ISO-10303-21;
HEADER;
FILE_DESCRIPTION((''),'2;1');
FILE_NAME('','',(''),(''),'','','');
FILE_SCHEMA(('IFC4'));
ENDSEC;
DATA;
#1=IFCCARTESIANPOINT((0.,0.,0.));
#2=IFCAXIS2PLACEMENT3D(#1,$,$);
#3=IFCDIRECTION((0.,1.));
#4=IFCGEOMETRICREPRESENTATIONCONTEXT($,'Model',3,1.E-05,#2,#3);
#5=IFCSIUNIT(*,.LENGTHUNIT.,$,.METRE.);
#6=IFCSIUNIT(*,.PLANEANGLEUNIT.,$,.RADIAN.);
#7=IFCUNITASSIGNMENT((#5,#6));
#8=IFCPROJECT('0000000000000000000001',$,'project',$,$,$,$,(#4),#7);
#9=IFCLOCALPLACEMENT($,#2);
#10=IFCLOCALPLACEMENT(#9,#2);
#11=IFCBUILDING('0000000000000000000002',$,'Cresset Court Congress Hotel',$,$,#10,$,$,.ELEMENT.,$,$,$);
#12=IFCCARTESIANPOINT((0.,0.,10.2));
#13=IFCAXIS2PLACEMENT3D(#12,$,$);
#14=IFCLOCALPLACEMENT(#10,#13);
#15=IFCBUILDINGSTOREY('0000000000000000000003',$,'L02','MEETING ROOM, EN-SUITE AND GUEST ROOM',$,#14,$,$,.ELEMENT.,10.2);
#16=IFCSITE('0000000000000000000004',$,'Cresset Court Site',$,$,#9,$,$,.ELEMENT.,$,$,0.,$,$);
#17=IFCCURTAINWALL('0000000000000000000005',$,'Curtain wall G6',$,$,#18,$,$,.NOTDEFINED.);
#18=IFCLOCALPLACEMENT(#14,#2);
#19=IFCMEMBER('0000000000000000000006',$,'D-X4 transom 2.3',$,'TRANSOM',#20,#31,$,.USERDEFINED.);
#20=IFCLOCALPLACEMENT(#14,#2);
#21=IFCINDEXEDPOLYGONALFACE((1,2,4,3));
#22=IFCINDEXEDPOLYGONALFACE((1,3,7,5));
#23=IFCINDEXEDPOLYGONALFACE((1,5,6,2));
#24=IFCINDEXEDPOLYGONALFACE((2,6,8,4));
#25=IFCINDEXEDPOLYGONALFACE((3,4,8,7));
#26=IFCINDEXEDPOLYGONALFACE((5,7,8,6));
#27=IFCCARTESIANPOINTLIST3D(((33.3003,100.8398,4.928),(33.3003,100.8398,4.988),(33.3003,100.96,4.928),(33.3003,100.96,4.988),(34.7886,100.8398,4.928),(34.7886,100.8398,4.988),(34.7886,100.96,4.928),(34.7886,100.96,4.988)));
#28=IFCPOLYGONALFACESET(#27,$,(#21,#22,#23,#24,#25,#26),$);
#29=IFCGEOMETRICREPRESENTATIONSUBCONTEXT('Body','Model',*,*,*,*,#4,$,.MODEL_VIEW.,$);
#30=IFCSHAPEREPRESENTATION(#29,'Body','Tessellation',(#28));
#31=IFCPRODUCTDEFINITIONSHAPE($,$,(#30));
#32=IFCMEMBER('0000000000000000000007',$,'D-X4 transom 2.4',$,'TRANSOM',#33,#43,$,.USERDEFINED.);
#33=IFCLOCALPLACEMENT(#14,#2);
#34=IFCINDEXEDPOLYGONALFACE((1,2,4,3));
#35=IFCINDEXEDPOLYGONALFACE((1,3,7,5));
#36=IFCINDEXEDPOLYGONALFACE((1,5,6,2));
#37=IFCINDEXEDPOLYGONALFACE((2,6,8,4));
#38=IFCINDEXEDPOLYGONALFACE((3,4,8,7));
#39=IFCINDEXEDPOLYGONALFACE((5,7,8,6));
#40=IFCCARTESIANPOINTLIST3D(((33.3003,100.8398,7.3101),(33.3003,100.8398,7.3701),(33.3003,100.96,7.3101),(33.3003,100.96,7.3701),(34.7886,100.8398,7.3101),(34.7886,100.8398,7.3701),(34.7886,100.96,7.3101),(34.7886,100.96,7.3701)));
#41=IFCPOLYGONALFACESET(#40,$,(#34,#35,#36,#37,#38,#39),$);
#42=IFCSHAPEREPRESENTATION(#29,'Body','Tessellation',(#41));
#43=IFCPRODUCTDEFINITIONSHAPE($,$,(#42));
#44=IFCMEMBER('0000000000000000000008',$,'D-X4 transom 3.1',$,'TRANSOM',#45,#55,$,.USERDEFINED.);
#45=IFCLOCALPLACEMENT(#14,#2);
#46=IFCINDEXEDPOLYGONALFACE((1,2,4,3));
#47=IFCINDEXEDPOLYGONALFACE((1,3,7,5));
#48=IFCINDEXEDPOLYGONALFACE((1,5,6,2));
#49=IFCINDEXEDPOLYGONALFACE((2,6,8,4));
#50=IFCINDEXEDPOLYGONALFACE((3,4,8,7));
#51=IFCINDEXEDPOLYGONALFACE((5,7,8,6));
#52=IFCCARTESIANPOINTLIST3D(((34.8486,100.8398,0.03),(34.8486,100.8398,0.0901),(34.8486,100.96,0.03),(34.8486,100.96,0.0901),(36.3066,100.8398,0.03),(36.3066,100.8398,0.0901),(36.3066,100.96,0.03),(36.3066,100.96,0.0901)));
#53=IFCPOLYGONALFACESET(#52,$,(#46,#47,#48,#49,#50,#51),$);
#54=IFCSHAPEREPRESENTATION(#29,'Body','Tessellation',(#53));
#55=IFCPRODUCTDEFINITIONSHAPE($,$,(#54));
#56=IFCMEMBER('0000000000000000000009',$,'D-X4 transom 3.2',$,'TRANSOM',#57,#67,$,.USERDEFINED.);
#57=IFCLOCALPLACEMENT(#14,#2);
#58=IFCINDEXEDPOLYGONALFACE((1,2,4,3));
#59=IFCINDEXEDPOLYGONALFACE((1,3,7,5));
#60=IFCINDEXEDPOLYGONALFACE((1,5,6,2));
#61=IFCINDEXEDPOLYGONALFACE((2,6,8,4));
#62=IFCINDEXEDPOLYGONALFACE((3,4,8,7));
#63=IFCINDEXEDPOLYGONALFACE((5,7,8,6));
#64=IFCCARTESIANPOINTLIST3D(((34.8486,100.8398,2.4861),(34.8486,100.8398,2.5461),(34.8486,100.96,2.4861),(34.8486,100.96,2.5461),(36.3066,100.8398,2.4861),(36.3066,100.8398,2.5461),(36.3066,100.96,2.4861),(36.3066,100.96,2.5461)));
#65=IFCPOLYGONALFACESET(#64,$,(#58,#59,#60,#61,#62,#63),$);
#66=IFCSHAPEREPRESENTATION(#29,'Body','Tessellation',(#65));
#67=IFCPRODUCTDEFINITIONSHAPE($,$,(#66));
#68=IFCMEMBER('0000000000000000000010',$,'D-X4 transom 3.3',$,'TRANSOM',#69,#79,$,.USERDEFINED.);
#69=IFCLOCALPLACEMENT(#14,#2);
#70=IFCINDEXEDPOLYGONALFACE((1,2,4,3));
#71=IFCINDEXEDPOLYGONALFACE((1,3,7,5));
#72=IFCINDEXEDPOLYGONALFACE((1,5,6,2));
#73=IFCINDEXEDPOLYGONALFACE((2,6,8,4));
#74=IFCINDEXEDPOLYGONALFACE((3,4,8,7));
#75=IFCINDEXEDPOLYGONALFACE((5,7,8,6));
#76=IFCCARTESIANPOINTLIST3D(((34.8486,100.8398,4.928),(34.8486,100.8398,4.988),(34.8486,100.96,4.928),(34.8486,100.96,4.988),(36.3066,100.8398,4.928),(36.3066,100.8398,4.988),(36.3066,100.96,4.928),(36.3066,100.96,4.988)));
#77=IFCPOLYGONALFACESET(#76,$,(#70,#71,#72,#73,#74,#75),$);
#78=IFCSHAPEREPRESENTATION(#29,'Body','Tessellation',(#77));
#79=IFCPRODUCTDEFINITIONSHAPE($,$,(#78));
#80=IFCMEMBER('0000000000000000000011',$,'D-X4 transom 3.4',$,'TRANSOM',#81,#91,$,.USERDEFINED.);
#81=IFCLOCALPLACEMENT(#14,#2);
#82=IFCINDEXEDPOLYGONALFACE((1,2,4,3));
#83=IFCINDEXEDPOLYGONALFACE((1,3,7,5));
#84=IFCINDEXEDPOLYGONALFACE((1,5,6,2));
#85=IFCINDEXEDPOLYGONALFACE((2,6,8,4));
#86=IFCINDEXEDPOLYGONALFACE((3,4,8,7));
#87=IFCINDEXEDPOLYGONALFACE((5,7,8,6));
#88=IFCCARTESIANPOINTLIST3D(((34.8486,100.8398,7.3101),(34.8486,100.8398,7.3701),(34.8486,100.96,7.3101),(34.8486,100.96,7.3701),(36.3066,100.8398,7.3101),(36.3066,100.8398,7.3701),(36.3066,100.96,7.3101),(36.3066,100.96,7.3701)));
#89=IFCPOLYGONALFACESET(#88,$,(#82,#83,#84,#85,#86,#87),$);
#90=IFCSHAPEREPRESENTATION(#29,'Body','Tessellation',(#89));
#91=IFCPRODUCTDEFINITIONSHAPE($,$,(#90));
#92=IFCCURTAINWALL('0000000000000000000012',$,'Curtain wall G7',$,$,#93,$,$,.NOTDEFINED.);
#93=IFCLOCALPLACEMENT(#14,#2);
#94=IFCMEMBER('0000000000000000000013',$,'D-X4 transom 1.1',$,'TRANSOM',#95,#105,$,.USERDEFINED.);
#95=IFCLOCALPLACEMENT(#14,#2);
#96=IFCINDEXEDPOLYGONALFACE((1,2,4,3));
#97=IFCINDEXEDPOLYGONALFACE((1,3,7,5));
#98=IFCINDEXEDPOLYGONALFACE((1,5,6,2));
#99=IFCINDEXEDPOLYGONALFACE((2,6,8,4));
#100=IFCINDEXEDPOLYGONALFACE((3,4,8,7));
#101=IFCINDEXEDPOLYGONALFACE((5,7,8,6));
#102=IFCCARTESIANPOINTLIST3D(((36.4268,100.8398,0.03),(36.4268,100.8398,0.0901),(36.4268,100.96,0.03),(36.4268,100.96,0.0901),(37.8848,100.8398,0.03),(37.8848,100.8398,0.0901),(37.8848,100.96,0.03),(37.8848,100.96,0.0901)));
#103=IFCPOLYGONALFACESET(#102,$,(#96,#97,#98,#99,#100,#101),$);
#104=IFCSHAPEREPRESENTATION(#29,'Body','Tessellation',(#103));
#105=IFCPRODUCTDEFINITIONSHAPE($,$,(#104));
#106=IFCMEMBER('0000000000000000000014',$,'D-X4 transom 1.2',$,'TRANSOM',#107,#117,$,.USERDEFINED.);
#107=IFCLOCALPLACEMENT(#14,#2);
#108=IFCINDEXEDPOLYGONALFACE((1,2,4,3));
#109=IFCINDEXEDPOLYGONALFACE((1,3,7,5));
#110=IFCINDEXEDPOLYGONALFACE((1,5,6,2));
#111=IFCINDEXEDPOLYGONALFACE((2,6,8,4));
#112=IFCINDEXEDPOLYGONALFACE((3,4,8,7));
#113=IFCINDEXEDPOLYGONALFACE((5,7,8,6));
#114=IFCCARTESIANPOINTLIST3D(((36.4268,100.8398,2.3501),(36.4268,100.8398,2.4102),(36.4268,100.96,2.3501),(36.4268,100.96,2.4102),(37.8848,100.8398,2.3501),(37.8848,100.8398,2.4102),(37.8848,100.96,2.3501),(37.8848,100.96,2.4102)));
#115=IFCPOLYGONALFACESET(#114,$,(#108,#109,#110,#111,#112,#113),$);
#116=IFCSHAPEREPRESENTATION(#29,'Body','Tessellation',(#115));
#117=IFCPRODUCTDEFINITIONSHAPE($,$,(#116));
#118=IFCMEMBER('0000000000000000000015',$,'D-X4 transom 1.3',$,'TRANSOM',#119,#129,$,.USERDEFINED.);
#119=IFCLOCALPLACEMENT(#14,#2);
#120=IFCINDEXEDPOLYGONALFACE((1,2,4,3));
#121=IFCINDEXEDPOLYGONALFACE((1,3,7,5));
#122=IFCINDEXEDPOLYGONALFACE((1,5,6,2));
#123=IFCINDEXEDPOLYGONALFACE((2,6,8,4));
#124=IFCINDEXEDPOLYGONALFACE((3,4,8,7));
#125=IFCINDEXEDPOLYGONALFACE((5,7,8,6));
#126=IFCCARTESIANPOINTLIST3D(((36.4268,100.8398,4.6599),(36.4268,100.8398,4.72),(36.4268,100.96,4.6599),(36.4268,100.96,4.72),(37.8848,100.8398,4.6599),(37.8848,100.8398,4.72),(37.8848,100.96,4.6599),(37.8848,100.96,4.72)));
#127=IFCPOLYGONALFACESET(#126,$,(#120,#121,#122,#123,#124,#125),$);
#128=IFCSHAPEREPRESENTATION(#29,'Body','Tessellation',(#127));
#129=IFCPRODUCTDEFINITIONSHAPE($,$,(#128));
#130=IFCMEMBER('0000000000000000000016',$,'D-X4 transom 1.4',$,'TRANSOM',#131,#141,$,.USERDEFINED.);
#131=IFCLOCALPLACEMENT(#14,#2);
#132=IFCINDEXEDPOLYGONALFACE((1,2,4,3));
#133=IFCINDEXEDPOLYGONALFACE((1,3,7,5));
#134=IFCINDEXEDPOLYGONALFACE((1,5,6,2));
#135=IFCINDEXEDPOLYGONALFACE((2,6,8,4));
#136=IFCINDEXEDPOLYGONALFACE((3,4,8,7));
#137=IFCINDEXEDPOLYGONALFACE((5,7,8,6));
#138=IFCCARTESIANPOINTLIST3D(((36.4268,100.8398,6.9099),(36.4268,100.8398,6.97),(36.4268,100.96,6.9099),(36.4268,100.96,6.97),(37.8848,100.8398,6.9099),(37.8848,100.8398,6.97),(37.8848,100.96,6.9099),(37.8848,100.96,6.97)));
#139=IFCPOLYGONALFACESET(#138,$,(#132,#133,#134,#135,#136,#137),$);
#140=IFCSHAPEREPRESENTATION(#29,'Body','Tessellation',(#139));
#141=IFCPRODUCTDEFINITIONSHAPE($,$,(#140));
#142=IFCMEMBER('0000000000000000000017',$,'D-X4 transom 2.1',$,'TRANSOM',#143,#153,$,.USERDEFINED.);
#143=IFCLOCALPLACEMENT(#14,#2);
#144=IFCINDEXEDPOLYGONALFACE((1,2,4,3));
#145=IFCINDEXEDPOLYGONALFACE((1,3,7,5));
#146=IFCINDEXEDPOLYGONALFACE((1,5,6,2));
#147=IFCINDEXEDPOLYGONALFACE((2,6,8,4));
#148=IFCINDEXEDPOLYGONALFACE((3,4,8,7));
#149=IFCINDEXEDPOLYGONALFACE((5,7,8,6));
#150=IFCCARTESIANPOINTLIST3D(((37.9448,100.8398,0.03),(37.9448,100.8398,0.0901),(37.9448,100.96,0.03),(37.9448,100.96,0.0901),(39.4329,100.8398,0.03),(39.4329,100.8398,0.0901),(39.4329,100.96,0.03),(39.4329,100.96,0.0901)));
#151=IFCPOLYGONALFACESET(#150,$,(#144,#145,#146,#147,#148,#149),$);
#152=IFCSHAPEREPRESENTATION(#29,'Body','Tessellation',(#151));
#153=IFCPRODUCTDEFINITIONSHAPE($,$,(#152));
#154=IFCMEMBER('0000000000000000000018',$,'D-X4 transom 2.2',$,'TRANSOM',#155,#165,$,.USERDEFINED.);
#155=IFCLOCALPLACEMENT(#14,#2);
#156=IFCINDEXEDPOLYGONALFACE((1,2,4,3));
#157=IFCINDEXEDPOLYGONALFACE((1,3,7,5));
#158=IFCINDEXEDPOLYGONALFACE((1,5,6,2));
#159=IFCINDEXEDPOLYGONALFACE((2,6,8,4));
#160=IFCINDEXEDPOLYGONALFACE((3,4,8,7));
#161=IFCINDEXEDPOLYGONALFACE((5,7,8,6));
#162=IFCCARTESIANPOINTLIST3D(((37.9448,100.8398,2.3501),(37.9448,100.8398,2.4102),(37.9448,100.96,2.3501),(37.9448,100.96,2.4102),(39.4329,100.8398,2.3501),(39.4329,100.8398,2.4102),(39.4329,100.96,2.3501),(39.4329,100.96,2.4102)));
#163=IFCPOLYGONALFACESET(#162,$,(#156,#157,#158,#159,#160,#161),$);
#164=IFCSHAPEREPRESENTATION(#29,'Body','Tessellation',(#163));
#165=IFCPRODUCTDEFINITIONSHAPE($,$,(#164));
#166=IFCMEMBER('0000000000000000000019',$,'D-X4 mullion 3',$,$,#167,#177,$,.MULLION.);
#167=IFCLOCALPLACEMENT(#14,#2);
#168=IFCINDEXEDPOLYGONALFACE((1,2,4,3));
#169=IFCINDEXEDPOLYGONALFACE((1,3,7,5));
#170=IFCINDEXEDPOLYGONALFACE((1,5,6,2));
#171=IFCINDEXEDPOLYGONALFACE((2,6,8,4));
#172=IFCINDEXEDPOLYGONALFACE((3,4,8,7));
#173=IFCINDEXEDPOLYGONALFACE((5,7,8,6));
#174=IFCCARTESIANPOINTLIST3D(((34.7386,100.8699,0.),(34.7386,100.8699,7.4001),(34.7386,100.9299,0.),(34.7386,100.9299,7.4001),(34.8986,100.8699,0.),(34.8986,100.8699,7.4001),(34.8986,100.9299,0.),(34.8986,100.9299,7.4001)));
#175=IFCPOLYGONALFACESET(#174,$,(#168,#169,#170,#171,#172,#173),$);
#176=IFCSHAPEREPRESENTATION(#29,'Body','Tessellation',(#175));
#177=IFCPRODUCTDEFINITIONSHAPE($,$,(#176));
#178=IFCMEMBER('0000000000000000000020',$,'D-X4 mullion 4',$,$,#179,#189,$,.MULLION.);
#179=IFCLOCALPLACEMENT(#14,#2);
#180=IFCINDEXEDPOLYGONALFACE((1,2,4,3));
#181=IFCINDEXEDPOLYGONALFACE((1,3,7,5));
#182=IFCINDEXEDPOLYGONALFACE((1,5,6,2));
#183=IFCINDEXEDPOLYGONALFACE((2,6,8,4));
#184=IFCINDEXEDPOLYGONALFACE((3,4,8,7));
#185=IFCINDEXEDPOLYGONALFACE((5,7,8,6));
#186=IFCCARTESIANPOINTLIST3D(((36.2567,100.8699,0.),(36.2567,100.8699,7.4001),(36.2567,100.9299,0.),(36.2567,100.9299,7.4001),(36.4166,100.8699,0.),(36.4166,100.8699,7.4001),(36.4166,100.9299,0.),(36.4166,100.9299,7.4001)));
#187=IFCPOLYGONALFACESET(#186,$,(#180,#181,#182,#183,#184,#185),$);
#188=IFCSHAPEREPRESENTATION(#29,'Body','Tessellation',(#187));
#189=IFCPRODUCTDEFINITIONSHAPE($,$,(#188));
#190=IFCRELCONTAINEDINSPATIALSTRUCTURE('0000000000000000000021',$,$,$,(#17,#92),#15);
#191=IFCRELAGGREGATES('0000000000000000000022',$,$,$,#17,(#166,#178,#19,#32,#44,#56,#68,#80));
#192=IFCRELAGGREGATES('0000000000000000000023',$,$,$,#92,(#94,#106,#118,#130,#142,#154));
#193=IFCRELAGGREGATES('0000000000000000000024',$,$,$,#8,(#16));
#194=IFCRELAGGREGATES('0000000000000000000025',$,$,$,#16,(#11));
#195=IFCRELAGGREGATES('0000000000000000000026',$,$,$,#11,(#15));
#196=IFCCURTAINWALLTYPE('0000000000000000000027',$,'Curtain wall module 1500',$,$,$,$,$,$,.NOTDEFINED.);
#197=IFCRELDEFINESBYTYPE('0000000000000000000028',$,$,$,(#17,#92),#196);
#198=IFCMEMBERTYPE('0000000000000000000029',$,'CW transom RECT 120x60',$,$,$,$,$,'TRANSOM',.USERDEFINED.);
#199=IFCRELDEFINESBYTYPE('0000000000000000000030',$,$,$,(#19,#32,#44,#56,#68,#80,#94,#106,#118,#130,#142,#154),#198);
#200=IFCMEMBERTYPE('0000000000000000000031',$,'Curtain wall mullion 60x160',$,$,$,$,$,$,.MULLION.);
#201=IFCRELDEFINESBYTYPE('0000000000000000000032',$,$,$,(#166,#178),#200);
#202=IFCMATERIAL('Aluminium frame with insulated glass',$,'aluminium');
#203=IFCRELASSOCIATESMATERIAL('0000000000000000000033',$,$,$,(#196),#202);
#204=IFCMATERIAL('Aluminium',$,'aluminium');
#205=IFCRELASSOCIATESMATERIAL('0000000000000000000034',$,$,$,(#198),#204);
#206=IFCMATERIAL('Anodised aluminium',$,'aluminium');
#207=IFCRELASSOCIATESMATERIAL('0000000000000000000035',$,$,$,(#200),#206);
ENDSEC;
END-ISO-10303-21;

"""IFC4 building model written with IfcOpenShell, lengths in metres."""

from ifc_helpers import new_model, si_unit, direction, frame, origin, origin_2d, place, context, subcontext, project, spatial, rectangle, extrude, material, material_profile, profile_set, type_object, element, aggregate, save


model = new_model("IFC4")

# Units and contexts
model_context = context("Model", 3, precision=1e-05, world=origin(), true_north=direction((0.0, 1.0)))
body_context = subcontext(model_context, "Body", "Model", "MODEL_VIEW")
ifc_project = project(units=[si_unit("LENGTHUNIT", "METRE"), si_unit("PLANEANGLEUNIT", "RADIAN")], contexts=[model_context])

# Site, building, storey
site_placement = place(None, origin())
site = spatial("IfcSite", under=ifc_project, at=site_placement, Name="Cresset Court Site", CompositionType="ELEMENT", RefElevation=0.0)
building_placement = place(site_placement, origin())
building = spatial("IfcBuilding", under=site, at=building_placement, Name="Cresset Court Congress Hotel", CompositionType="ELEMENT")
storey_placement = place(building_placement, frame((0.0, 0.0, 10.2)))
storey = spatial("IfcBuildingStorey", under=building, at=storey_placement, Name="L02", Description="MEETING ROOM, EN-SUITE AND GUEST ROOM", CompositionType="ELEMENT", Elevation=10.2)

# Curtain walls, members
ifc_material_1 = material(Name="Aluminium frame with insulated glass", Category="aluminium")
curtain_wall_type = type_object("IfcCurtainWallType", Name="Curtain wall module 1500", PredefinedType="NOTDEFINED", material=ifc_material_1)
curtain_wall_1_placement = place(storey_placement, origin())
curtain_wall_1 = element("IfcCurtainWall", 1, at=curtain_wall_1_placement, inside=storey, type_object=curtain_wall_type, Name="Curtain wall G6", PredefinedType="NOTDEFINED")
ifc_material_2 = material(Name="Aluminium", Category="aluminium")
ifc_material_profile_1 = material_profile(ifc_material_2, rectangle(XDim=0.1201, YDim=0.0601, at=origin_2d()), Name="AL 120x60")
ifc_profile_set_1 = profile_set([ifc_material_profile_1], Name="Aluminium")
member_type_1 = type_object("IfcMemberType", Name="CW transom RECT 120x60", ElementType="TRANSOM", PredefinedType="USERDEFINED", material=ifc_profile_set_1)
member_1_placement = place(storey_placement, frame((33.3003, 100.8999, 4.958), z_axis=(1.0, 0.0, 0.0), x_axis=(0.0, 1.0, 0.0)))
member_1 = element("IfcMember", 2, at=member_1_placement, type_object=member_type_1, Name="D-X4 transom 2.3", ObjectType="TRANSOM", PredefinedType="USERDEFINED", context=body_context, shape_type="SweptSolid", body=[
    extrude(rectangle(XDim=0.1201, YDim=0.0601, at=origin_2d()), origin(), (0.0, 0.0, 1.0), 1.4883),
])
member_2_placement = place(storey_placement, frame((33.3003, 100.8999, 7.3401), z_axis=(1.0, 0.0, 0.0), x_axis=(0.0, 1.0, 0.0)))
member_2 = element("IfcMember", 3, at=member_2_placement, type_object=member_type_1, Name="D-X4 transom 2.4", ObjectType="TRANSOM", PredefinedType="USERDEFINED", context=body_context, shape_type="SweptSolid", body=[
    extrude(rectangle(XDim=0.1201, YDim=0.0601, at=origin_2d()), origin(), (0.0, 0.0, 1.0), 1.4883),
])
member_3_placement = place(storey_placement, frame((34.8486, 100.8999, 0.0601), z_axis=(1.0, 0.0, 0.0), x_axis=(0.0, 1.0, 0.0)))
member_3 = element("IfcMember", 4, at=member_3_placement, type_object=member_type_1, Name="D-X4 transom 3.1", ObjectType="TRANSOM", PredefinedType="USERDEFINED", context=body_context, shape_type="SweptSolid", body=[
    extrude(rectangle(XDim=0.1201, YDim=0.0601, at=origin_2d()), origin(), (0.0, 0.0, 1.0), 1.458),
])
member_4_placement = place(storey_placement, frame((34.8486, 100.8999, 2.5161), z_axis=(1.0, 0.0, 0.0), x_axis=(0.0, 1.0, 0.0)))
member_4 = element("IfcMember", 5, at=member_4_placement, type_object=member_type_1, Name="D-X4 transom 3.2", ObjectType="TRANSOM", PredefinedType="USERDEFINED", context=body_context, shape_type="SweptSolid", body=[
    extrude(rectangle(XDim=0.1201, YDim=0.0601, at=origin_2d()), origin(), (0.0, 0.0, 1.0), 1.458),
])
member_5_placement = place(storey_placement, frame((34.8486, 100.8999, 4.958), z_axis=(1.0, 0.0, 0.0), x_axis=(0.0, 1.0, 0.0)))
member_5 = element("IfcMember", 6, at=member_5_placement, type_object=member_type_1, Name="D-X4 transom 3.3", ObjectType="TRANSOM", PredefinedType="USERDEFINED", context=body_context, shape_type="SweptSolid", body=[
    extrude(rectangle(XDim=0.1201, YDim=0.0601, at=origin_2d()), origin(), (0.0, 0.0, 1.0), 1.458),
])
member_6_placement = place(storey_placement, frame((34.8486, 100.8999, 7.3401), z_axis=(1.0, 0.0, 0.0), x_axis=(0.0, 1.0, 0.0)))
member_6 = element("IfcMember", 7, at=member_6_placement, type_object=member_type_1, Name="D-X4 transom 3.4", ObjectType="TRANSOM", PredefinedType="USERDEFINED", context=body_context, shape_type="SweptSolid", body=[
    extrude(rectangle(XDim=0.1201, YDim=0.0601, at=origin_2d()), origin(), (0.0, 0.0, 1.0), 1.458),
])
curtain_wall_2_placement = place(storey_placement, origin())
curtain_wall_2 = element("IfcCurtainWall", 8, at=curtain_wall_2_placement, inside=storey, type_object=curtain_wall_type, Name="Curtain wall G7", PredefinedType="NOTDEFINED")
member_7_placement = place(storey_placement, frame((36.4268, 100.8999, 0.0601), z_axis=(1.0, 0.0, 0.0), x_axis=(0.0, 1.0, 0.0)))
member_7 = element("IfcMember", 9, at=member_7_placement, type_object=member_type_1, Name="D-X4 transom 1.1", ObjectType="TRANSOM", PredefinedType="USERDEFINED", context=body_context, shape_type="SweptSolid", body=[
    extrude(rectangle(XDim=0.1201, YDim=0.0601, at=origin_2d()), origin(), (0.0, 0.0, 1.0), 1.458),
])
member_8_placement = place(storey_placement, frame((36.4268, 100.8999, 2.3801), z_axis=(1.0, 0.0, 0.0), x_axis=(0.0, 1.0, 0.0)))
member_8 = element("IfcMember", 10, at=member_8_placement, type_object=member_type_1, Name="D-X4 transom 1.2", ObjectType="TRANSOM", PredefinedType="USERDEFINED", context=body_context, shape_type="SweptSolid", body=[
    extrude(rectangle(XDim=0.1201, YDim=0.0601, at=origin_2d()), origin(), (0.0, 0.0, 1.0), 1.458),
])
member_9_placement = place(storey_placement, frame((36.4268, 100.8999, 4.6899), z_axis=(1.0, 0.0, 0.0), x_axis=(0.0, 1.0, 0.0)))
member_9 = element("IfcMember", 11, at=member_9_placement, type_object=member_type_1, Name="D-X4 transom 1.3", ObjectType="TRANSOM", PredefinedType="USERDEFINED", context=body_context, shape_type="SweptSolid", body=[
    extrude(rectangle(XDim=0.1201, YDim=0.0601, at=origin_2d()), origin(), (0.0, 0.0, 1.0), 1.458),
])
member_10_placement = place(storey_placement, frame((36.4268, 100.8999, 6.9399), z_axis=(1.0, 0.0, 0.0), x_axis=(0.0, 1.0, 0.0)))
member_10 = element("IfcMember", 12, at=member_10_placement, type_object=member_type_1, Name="D-X4 transom 1.4", ObjectType="TRANSOM", PredefinedType="USERDEFINED", context=body_context, shape_type="SweptSolid", body=[
    extrude(rectangle(XDim=0.1201, YDim=0.0601, at=origin_2d()), origin(), (0.0, 0.0, 1.0), 1.458),
])
member_11_placement = place(storey_placement, frame((37.9448, 100.8999, 0.0601), z_axis=(1.0, 0.0, 0.0), x_axis=(0.0, 1.0, 0.0)))
member_11 = element("IfcMember", 13, at=member_11_placement, type_object=member_type_1, Name="D-X4 transom 2.1", ObjectType="TRANSOM", PredefinedType="USERDEFINED", context=body_context, shape_type="SweptSolid", body=[
    extrude(rectangle(XDim=0.1201, YDim=0.0601, at=origin_2d()), origin(), (0.0, 0.0, 1.0), 1.488),
])
member_12_placement = place(storey_placement, frame((37.9448, 100.8999, 2.3801), z_axis=(1.0, 0.0, 0.0), x_axis=(0.0, 1.0, 0.0)))
member_12 = element("IfcMember", 14, at=member_12_placement, type_object=member_type_1, Name="D-X4 transom 2.2", ObjectType="TRANSOM", PredefinedType="USERDEFINED", context=body_context, shape_type="SweptSolid", body=[
    extrude(rectangle(XDim=0.1201, YDim=0.0601, at=origin_2d()), origin(), (0.0, 0.0, 1.0), 1.488),
])

# Members
ifc_material_3 = material(Name="Anodised aluminium", Category="aluminium")
ifc_material_profile_2 = material_profile(ifc_material_3, rectangle(XDim=0.0601, YDim=0.1599, at=origin_2d()), Name="AL60x160")
ifc_profile_set_2 = profile_set([ifc_material_profile_2], Name="Anodised aluminium")
member_type_2 = type_object("IfcMemberType", Name="Curtain wall mullion 60x160", PredefinedType="MULLION", material=ifc_profile_set_2)
member_13_placement = place(storey_placement, frame((34.8186, 100.8999, 0.0), z_axis=(0.0, 0.0, 1.0), x_axis=(0.0, 1.0, 0.0)))
member_13 = element("IfcMember", 15, at=member_13_placement, type_object=member_type_2, Name="D-X4 mullion 3", PredefinedType="MULLION", context=body_context, shape_type="SweptSolid", body=[
    extrude(rectangle(XDim=0.0601, YDim=0.1599, at=origin_2d()), origin(), (0.0, 0.0, 1.0), 7.4001),
])
member_14_placement = place(storey_placement, frame((36.3367, 100.8999, 0.0), z_axis=(0.0, 0.0, 1.0), x_axis=(0.0, 1.0, 0.0)))
member_14 = element("IfcMember", 16, at=member_14_placement, type_object=member_type_2, Name="D-X4 mullion 4", PredefinedType="MULLION", context=body_context, shape_type="SweptSolid", body=[
    extrude(rectangle(XDim=0.0601, YDim=0.1599, at=origin_2d()), origin(), (0.0, 0.0, 1.0), 7.4001),
])

aggregate(curtain_wall_1, [member_13, member_14, member_1, member_2, member_3, member_4, member_5, member_6])
aggregate(curtain_wall_2, [member_7, member_8, member_9, member_10, member_11, member_12])

save(model, "model.ifc")
